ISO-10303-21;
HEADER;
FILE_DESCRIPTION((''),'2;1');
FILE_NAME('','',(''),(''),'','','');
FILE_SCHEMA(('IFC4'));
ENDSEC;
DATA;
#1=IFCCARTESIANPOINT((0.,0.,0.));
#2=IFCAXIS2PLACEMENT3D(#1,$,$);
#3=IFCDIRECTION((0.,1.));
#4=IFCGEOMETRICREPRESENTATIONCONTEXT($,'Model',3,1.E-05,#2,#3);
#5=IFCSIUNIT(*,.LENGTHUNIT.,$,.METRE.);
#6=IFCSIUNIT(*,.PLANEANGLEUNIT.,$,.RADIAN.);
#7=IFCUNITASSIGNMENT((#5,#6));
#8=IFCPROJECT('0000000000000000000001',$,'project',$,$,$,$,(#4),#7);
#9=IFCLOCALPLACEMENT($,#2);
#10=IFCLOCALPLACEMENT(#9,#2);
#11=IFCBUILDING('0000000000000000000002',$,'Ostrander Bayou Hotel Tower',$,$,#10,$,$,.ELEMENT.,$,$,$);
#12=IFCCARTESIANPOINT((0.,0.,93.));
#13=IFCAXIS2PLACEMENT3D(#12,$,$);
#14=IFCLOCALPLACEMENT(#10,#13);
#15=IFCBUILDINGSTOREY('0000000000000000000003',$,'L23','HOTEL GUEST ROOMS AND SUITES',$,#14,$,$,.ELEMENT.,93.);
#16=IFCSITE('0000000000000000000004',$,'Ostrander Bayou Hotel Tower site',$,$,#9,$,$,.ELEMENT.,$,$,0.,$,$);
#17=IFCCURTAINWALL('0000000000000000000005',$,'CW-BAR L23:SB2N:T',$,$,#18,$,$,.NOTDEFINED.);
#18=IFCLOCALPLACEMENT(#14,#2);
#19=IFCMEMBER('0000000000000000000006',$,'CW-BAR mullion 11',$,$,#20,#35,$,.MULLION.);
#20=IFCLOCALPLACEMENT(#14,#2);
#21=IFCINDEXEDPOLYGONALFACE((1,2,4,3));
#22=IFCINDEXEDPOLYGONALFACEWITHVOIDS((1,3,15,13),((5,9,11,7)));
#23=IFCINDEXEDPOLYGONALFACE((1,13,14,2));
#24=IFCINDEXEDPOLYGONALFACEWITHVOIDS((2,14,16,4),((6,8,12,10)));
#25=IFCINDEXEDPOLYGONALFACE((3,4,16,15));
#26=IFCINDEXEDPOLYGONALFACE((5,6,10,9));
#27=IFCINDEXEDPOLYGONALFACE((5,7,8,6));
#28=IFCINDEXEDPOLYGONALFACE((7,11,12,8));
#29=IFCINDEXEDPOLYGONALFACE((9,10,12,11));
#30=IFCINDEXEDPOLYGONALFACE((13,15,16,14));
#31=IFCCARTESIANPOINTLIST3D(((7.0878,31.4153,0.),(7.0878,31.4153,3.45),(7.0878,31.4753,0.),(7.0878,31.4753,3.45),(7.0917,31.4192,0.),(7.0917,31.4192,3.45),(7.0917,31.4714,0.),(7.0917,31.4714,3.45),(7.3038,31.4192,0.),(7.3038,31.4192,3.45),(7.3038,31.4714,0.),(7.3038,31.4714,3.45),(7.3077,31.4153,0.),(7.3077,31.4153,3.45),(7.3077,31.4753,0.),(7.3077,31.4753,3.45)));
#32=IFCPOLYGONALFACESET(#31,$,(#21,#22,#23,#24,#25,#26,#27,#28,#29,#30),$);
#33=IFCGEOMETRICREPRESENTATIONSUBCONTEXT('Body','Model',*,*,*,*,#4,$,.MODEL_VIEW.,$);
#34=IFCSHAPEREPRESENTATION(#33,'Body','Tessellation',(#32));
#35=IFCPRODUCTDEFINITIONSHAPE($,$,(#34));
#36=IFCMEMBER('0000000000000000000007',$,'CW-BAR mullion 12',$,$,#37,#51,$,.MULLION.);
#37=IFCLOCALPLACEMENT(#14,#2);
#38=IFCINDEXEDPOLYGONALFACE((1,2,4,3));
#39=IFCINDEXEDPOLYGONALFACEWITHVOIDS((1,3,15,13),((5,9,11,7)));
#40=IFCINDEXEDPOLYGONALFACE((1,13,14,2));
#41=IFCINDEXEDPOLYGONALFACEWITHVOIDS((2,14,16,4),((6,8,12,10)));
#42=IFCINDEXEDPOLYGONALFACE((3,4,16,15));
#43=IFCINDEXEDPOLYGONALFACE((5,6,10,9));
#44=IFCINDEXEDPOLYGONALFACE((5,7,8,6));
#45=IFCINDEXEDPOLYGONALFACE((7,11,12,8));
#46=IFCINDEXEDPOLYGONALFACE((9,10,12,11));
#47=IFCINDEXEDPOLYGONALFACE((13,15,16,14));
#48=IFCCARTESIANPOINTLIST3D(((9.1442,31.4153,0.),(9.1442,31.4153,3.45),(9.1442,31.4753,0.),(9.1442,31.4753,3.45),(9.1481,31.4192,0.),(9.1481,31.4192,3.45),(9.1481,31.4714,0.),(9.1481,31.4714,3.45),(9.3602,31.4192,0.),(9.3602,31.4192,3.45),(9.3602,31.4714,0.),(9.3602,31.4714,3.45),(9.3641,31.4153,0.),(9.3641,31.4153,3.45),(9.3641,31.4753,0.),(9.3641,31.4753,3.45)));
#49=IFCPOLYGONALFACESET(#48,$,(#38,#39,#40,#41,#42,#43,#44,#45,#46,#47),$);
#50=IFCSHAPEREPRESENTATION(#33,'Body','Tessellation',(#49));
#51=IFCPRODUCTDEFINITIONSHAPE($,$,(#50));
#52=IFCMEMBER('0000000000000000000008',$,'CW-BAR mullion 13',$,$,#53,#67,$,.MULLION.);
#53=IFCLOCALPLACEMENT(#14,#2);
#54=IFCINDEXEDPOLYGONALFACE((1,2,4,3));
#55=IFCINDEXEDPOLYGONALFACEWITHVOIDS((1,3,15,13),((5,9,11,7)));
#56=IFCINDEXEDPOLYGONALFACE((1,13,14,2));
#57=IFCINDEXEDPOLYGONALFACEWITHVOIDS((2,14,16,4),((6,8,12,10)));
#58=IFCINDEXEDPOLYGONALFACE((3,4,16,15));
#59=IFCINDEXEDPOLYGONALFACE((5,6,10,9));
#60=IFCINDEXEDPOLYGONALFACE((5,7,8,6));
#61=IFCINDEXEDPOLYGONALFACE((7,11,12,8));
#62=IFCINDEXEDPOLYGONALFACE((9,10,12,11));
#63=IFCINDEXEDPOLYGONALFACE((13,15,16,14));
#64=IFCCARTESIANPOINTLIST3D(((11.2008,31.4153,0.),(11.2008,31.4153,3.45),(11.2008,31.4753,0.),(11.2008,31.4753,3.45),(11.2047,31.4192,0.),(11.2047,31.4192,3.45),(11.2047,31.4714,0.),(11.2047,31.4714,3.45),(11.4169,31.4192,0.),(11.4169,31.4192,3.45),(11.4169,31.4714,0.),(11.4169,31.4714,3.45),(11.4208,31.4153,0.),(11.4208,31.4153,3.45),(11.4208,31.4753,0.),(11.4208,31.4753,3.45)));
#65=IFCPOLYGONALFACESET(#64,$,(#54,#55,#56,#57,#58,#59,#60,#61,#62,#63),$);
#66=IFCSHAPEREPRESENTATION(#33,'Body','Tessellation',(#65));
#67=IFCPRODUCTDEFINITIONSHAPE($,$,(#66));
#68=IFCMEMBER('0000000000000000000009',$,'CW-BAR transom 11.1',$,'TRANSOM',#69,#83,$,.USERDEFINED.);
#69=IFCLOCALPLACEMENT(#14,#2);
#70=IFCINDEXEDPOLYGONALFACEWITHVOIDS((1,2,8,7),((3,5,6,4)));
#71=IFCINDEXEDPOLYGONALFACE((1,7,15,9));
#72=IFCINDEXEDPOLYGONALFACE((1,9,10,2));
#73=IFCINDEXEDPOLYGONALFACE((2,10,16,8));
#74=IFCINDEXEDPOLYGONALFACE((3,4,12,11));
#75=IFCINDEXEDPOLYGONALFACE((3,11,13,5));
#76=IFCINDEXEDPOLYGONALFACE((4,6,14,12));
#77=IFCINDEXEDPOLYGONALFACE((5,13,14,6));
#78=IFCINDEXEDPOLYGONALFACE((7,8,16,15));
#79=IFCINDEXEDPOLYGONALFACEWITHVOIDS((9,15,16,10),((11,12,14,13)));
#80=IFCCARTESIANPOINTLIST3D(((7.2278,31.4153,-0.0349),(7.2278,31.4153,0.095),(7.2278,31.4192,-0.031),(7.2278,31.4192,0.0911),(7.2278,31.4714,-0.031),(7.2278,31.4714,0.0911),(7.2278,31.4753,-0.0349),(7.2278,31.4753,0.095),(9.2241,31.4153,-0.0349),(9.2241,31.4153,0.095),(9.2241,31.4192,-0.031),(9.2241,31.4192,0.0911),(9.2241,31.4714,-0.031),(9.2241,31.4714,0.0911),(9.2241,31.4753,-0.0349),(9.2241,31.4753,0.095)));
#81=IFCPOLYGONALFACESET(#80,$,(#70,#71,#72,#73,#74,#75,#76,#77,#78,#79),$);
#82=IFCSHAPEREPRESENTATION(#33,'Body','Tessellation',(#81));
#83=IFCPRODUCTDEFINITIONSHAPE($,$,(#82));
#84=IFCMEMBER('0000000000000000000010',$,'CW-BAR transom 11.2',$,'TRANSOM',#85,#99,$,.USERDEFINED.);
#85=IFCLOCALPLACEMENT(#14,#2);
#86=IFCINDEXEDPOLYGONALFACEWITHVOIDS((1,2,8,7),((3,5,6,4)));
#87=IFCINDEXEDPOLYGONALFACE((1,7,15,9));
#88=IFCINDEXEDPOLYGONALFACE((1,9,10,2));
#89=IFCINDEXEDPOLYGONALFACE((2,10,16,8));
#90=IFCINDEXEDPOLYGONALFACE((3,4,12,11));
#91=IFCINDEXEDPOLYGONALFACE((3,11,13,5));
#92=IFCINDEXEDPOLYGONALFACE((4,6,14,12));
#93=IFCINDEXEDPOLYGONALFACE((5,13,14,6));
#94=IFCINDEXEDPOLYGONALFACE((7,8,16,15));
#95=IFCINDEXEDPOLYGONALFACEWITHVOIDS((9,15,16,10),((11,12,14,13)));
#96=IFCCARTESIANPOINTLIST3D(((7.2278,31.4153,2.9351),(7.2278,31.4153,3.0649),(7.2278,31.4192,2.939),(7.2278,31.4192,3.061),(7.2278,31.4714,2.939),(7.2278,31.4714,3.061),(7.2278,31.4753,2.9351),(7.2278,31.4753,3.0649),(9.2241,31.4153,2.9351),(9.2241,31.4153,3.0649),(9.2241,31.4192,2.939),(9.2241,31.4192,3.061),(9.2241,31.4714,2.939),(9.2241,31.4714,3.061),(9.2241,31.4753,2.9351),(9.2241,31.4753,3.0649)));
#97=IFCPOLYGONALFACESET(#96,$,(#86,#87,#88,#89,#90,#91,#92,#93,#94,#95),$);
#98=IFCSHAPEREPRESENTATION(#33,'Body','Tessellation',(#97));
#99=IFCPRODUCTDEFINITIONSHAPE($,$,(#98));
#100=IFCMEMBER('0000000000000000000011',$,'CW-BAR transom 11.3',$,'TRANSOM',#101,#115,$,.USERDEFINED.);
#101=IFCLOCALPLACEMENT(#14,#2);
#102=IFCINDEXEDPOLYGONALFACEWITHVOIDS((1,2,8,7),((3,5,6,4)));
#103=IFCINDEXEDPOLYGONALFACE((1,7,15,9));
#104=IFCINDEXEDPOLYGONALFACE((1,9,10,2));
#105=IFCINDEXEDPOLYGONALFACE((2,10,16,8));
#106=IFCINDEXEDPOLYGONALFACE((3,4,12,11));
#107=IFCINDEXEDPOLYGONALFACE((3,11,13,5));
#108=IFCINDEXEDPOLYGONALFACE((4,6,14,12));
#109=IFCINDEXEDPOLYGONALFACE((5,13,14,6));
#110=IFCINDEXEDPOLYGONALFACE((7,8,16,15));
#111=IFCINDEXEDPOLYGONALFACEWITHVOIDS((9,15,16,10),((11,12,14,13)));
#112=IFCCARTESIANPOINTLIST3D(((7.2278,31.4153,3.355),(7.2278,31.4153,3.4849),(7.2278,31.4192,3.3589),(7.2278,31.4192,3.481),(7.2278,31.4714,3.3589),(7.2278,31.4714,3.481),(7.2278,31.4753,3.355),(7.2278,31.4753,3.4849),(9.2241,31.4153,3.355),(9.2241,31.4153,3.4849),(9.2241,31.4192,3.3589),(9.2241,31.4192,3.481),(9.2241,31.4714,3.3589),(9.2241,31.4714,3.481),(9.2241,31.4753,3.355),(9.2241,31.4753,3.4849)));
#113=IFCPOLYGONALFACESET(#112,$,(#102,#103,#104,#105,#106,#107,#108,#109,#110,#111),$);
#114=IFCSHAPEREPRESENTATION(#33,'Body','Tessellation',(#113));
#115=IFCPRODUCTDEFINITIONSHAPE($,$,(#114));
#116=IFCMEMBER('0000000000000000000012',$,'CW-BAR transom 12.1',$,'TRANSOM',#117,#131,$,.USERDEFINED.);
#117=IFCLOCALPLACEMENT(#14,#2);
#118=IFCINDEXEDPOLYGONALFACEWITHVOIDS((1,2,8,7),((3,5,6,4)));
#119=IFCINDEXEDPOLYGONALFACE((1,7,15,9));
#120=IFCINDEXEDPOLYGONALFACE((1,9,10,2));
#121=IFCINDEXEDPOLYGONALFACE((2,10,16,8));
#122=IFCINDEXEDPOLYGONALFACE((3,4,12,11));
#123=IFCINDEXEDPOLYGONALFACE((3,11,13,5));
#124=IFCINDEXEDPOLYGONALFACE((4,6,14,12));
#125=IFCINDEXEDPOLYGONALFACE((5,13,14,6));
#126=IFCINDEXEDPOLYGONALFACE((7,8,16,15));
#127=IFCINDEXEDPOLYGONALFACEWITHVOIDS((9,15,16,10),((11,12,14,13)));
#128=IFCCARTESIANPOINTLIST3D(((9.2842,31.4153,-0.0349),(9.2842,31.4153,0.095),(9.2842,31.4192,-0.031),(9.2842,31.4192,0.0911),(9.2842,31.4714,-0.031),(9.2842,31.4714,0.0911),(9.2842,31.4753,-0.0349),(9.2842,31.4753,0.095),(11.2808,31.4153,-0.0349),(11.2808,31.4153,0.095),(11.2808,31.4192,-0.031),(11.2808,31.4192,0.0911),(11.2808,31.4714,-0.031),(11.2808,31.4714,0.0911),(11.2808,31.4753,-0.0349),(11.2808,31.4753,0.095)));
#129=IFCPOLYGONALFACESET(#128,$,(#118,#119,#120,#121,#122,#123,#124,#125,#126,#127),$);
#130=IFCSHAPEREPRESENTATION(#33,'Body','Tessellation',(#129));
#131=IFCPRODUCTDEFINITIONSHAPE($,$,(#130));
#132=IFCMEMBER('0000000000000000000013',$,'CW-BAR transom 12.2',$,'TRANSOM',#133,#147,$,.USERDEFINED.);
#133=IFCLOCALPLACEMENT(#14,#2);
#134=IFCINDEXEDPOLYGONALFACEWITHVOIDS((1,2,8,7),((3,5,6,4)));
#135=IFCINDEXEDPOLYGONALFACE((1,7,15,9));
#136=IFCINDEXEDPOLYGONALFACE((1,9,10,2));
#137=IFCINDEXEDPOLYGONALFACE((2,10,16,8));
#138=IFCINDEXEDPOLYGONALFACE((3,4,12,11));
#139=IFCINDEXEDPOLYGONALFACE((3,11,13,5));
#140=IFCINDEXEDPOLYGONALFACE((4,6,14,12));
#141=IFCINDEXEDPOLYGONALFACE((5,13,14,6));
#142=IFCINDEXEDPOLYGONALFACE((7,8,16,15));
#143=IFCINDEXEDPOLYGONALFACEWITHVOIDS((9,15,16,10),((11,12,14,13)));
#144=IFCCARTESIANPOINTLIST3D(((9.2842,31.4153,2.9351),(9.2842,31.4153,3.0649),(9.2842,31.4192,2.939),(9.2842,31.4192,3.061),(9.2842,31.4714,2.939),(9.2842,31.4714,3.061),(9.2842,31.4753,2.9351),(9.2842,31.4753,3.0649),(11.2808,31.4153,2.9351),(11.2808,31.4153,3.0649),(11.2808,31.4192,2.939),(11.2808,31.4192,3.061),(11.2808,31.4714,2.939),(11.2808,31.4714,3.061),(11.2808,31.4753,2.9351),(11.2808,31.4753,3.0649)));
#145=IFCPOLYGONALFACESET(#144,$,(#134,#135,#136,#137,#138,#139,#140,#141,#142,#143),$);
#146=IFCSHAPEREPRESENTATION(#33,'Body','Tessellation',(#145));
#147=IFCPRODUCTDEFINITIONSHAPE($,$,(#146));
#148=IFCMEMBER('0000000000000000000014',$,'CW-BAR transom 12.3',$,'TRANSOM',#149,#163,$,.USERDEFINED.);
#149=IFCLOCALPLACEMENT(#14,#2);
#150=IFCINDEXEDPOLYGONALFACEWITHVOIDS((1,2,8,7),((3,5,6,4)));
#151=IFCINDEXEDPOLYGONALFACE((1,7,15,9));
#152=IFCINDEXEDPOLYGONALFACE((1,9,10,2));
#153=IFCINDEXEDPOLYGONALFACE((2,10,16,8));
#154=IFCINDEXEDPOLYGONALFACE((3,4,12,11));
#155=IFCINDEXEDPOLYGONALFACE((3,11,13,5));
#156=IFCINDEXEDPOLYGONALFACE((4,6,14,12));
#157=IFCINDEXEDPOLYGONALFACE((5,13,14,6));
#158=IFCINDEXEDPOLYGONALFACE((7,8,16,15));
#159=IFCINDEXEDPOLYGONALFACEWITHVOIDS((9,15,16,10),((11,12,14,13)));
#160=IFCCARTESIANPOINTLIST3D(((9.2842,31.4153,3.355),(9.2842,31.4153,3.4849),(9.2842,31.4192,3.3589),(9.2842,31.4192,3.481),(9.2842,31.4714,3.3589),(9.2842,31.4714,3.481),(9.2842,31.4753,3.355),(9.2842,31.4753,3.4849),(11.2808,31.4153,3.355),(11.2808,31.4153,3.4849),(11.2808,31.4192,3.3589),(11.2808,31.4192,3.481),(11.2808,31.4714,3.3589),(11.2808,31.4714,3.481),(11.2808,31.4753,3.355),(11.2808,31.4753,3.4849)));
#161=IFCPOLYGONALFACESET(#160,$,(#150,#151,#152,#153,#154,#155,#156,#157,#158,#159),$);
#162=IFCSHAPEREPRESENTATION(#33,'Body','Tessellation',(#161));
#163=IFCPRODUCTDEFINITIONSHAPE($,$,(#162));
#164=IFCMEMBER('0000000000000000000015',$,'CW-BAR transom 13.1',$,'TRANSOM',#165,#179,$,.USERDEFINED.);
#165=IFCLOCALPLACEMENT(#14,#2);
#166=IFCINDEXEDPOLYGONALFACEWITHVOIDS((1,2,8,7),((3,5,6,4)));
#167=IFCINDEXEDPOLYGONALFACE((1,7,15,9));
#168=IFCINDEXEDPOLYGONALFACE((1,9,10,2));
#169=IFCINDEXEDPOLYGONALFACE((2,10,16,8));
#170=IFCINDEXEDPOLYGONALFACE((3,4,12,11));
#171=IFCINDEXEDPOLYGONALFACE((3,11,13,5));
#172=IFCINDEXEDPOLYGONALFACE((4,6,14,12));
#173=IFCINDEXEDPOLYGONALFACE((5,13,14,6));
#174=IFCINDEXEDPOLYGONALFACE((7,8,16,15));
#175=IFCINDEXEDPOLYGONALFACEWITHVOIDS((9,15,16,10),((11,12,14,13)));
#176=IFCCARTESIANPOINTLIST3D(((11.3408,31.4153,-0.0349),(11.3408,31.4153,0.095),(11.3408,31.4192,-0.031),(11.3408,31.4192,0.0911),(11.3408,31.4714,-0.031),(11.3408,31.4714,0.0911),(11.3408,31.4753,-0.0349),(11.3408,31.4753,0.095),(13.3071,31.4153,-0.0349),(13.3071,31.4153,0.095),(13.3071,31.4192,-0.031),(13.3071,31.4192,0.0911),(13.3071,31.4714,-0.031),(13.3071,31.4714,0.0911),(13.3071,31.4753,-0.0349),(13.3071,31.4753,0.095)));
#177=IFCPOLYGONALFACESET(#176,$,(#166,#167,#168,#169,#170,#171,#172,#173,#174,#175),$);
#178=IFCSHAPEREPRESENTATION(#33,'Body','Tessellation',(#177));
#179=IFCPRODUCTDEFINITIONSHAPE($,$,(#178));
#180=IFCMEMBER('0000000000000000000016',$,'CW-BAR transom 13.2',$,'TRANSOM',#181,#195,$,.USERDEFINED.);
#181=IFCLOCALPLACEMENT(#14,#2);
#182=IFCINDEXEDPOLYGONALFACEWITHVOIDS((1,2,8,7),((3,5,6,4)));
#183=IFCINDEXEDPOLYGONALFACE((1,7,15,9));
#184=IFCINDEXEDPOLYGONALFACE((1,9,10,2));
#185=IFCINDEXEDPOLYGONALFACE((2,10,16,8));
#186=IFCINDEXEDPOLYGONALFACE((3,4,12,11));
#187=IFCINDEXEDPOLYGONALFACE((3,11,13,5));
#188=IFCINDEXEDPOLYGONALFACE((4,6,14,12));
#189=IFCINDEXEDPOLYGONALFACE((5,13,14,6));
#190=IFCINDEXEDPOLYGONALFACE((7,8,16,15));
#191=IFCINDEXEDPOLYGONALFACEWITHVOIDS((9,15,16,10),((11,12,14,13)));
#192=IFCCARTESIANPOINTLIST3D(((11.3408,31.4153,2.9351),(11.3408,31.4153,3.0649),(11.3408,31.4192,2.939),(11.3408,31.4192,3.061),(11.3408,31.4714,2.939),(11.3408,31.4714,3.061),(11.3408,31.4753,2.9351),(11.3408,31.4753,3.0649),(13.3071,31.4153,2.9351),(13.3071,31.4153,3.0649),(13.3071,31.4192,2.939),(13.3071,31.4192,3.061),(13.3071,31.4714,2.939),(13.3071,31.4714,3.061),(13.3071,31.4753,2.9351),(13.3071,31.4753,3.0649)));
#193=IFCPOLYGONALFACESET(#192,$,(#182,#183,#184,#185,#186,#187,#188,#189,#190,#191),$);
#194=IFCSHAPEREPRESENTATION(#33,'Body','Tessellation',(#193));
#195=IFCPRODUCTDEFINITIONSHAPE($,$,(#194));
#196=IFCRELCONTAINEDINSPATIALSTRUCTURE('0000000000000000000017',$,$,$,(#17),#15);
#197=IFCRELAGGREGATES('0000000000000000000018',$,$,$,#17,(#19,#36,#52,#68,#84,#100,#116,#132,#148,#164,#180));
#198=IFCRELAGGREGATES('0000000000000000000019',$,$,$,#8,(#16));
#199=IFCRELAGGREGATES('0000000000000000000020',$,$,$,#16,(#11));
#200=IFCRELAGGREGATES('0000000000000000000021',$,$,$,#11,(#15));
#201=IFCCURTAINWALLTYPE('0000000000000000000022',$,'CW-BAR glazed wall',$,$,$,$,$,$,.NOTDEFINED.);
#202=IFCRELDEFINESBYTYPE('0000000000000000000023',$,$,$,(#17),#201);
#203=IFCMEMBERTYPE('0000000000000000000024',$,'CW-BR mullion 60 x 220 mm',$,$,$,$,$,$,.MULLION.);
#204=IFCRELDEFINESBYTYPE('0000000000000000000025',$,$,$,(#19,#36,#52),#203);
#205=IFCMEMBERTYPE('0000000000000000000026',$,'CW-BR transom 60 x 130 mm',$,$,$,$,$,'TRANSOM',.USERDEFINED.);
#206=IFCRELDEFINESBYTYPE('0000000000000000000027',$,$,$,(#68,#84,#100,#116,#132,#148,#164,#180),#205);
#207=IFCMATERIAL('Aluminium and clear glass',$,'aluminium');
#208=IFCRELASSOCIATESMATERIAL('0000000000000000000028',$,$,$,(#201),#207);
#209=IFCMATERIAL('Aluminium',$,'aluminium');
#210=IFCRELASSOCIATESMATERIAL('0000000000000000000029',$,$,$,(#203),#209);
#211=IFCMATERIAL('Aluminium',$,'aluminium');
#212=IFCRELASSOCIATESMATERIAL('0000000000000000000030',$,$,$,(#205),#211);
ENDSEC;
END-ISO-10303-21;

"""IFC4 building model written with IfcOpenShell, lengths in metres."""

from ifc_helpers import new_model, si_unit, direction, frame, origin, origin_2d, place, context, subcontext, project, spatial, hollow_rectangle, extrude, material, material_profile, profile_set, type_object, element, aggregate, save


model = new_model("IFC4")

# Units and contexts
model_context = context("Model", 3, precision=1e-05, world=origin(), true_north=direction((0.0, 1.0)))
body_context = subcontext(model_context, "Body", "Model", "MODEL_VIEW")
ifc_project = project(units=[si_unit("LENGTHUNIT", "METRE"), si_unit("PLANEANGLEUNIT", "RADIAN")], contexts=[model_context])

# Site, building, storey
site_placement = place(None, origin())
site = spatial("IfcSite", under=ifc_project, at=site_placement, Name="Ostrander Bayou Hotel Tower site", CompositionType="ELEMENT", RefElevation=0.0)
building_placement = place(site_placement, origin())
building = spatial("IfcBuilding", under=site, at=building_placement, Name="Ostrander Bayou Hotel Tower", CompositionType="ELEMENT")
storey_placement = place(building_placement, frame((0.0, 0.0, 93.0)))
storey = spatial("IfcBuildingStorey", under=building, at=storey_placement, Name="L23", Description="HOTEL GUEST ROOMS AND SUITES", CompositionType="ELEMENT", Elevation=93.0)

# Curtain wall, members
ifc_material_1 = material(Name="Aluminium and clear glass", Category="aluminium")
curtain_wall_type = type_object("IfcCurtainWallType", Name="CW-BAR glazed wall", PredefinedType="NOTDEFINED", material=ifc_material_1)
curtain_wall_placement = place(storey_placement, origin())
curtain_wall = element("IfcCurtainWall", 1, at=curtain_wall_placement, inside=storey, type_object=curtain_wall_type, Name="CW-BAR L23:SB2N:T", PredefinedType="NOTDEFINED")
ifc_material_2 = material(Name="Aluminium", Category="aluminium")
ifc_material_profile_1 = material_profile(ifc_material_2, hollow_rectangle(XDim=0.0601, YDim=0.22, WallThickness=0.0039, at=origin_2d()))
ifc_profile_set_1 = profile_set([ifc_material_profile_1], Name="Aluminium")
member_type_1 = type_object("IfcMemberType", Name="CW-BR mullion 60 x 220 mm", PredefinedType="MULLION", material=ifc_profile_set_1)
member_1_placement = place(storey_placement, frame((7.1978, 31.4453, 0.0), z_axis=(0.0, 0.0, 1.0), x_axis=(0.0, 1.0, 0.0)))
member_1 = element("IfcMember", 2, at=member_1_placement, type_object=member_type_1, Name="CW-BAR mullion 11", PredefinedType="MULLION", context=body_context, shape_type="SweptSolid", body=[
    extrude(hollow_rectangle(XDim=0.0601, YDim=0.22, WallThickness=0.0039, at=origin_2d()), origin(), (0.0, 0.0, 1.0), 3.45),
])
member_2_placement = place(storey_placement, frame((9.2542, 31.4453, 0.0), z_axis=(0.0, 0.0, 1.0), x_axis=(0.0, 1.0, 0.0)))
member_2 = element("IfcMember", 3, at=member_2_placement, type_object=member_type_1, Name="CW-BAR mullion 12", PredefinedType="MULLION", context=body_context, shape_type="SweptSolid", body=[
    extrude(hollow_rectangle(XDim=0.0601, YDim=0.22, WallThickness=0.0039, at=origin_2d()), origin(), (0.0, 0.0, 1.0), 3.45),
])
member_3_placement = place(storey_placement, frame((11.3108, 31.4453, 0.0), z_axis=(0.0, 0.0, 1.0), x_axis=(0.0, 1.0, 0.0)))
member_3 = element("IfcMember", 4, at=member_3_placement, type_object=member_type_1, Name="CW-BAR mullion 13", PredefinedType="MULLION", context=body_context, shape_type="SweptSolid", body=[
    extrude(hollow_rectangle(XDim=0.0601, YDim=0.22, WallThickness=0.0039, at=origin_2d()), origin(), (0.0, 0.0, 1.0), 3.45),
])
ifc_material_3 = material(Name="Aluminium", Category="aluminium")
ifc_material_profile_2 = material_profile(ifc_material_3, hollow_rectangle(XDim=0.0601, YDim=0.1299, WallThickness=0.0039, at=origin_2d()))
ifc_profile_set_2 = profile_set([ifc_material_profile_2], Name="Aluminium")
member_type_2 = type_object("IfcMemberType", Name="CW-BR transom 60 x 130 mm", ElementType="TRANSOM", PredefinedType="USERDEFINED", material=ifc_profile_set_2)
member_4_placement = place(storey_placement, frame((7.2278, 31.4453, 0.03), z_axis=(1.0, 0.0, 0.0), x_axis=(0.0, 1.0, 0.0)))
member_4 = element("IfcMember", 5, at=member_4_placement, type_object=member_type_2, Name="CW-BAR transom 11.1", ObjectType="TRANSOM", PredefinedType="USERDEFINED", context=body_context, shape_type="SweptSolid", body=[
    extrude(hollow_rectangle(XDim=0.0601, YDim=0.1299, WallThickness=0.0039, at=origin_2d()), origin(), (0.0, 0.0, 1.0), 1.9963),
])
member_5_placement = place(storey_placement, frame((7.2278, 31.4453, 3.0), z_axis=(1.0, 0.0, 0.0), x_axis=(0.0, 1.0, 0.0)))
member_5 = element("IfcMember", 6, at=member_5_placement, type_object=member_type_2, Name="CW-BAR transom 11.2", ObjectType="TRANSOM", PredefinedType="USERDEFINED", context=body_context, shape_type="SweptSolid", body=[
    extrude(hollow_rectangle(XDim=0.0601, YDim=0.1299, WallThickness=0.0039, at=origin_2d()), origin(), (0.0, 0.0, 1.0), 1.9963),
])
member_6_placement = place(storey_placement, frame((7.2278, 31.4453, 3.4199), z_axis=(1.0, 0.0, 0.0), x_axis=(0.0, 1.0, 0.0)))
member_6 = element("IfcMember", 7, at=member_6_placement, type_object=member_type_2, Name="CW-BAR transom 11.3", ObjectType="TRANSOM", PredefinedType="USERDEFINED", context=body_context, shape_type="SweptSolid", body=[
    extrude(hollow_rectangle(XDim=0.0601, YDim=0.1299, WallThickness=0.0039, at=origin_2d()), origin(), (0.0, 0.0, 1.0), 1.9963),
])
member_7_placement = place(storey_placement, frame((9.2842, 31.4453, 0.03), z_axis=(1.0, 0.0, 0.0), x_axis=(0.0, 1.0, 0.0)))
member_7 = element("IfcMember", 8, at=member_7_placement, type_object=member_type_2, Name="CW-BAR transom 12.1", ObjectType="TRANSOM", PredefinedType="USERDEFINED", context=body_context, shape_type="SweptSolid", body=[
    extrude(hollow_rectangle(XDim=0.0601, YDim=0.1299, WallThickness=0.0039, at=origin_2d()), origin(), (0.0, 0.0, 1.0), 1.9966),
])
member_8_placement = place(storey_placement, frame((9.2842, 31.4453, 3.0), z_axis=(1.0, 0.0, 0.0), x_axis=(0.0, 1.0, 0.0)))
member_8 = element("IfcMember", 9, at=member_8_placement, type_object=member_type_2, Name="CW-BAR transom 12.2", ObjectType="TRANSOM", PredefinedType="USERDEFINED", context=body_context, shape_type="SweptSolid", body=[
    extrude(hollow_rectangle(XDim=0.0601, YDim=0.1299, WallThickness=0.0039, at=origin_2d()), origin(), (0.0, 0.0, 1.0), 1.9966),
])
member_9_placement = place(storey_placement, frame((9.2842, 31.4453, 3.4199), z_axis=(1.0, 0.0, 0.0), x_axis=(0.0, 1.0, 0.0)))
member_9 = element("IfcMember", 10, at=member_9_placement, type_object=member_type_2, Name="CW-BAR transom 12.3", ObjectType="TRANSOM", PredefinedType="USERDEFINED", context=body_context, shape_type="SweptSolid", body=[
    extrude(hollow_rectangle(XDim=0.0601, YDim=0.1299, WallThickness=0.0039, at=origin_2d()), origin(), (0.0, 0.0, 1.0), 1.9966),
])
member_10_placement = place(storey_placement, frame((11.3408, 31.4453, 0.03), z_axis=(1.0, 0.0, 0.0), x_axis=(0.0, 1.0, 0.0)))
member_10 = element("IfcMember", 11, at=member_10_placement, type_object=member_type_2, Name="CW-BAR transom 13.1", ObjectType="TRANSOM", PredefinedType="USERDEFINED", context=body_context, shape_type="SweptSolid", body=[
    extrude(hollow_rectangle(XDim=0.0601, YDim=0.1299, WallThickness=0.0039, at=origin_2d()), origin(), (0.0, 0.0, 1.0), 1.9663),
])
member_11_placement = place(storey_placement, frame((11.3408, 31.4453, 3.0), z_axis=(1.0, 0.0, 0.0), x_axis=(0.0, 1.0, 0.0)))
member_11 = element("IfcMember", 12, at=member_11_placement, type_object=member_type_2, Name="CW-BAR transom 13.2", ObjectType="TRANSOM", PredefinedType="USERDEFINED", context=body_context, shape_type="SweptSolid", body=[
    extrude(hollow_rectangle(XDim=0.0601, YDim=0.1299, WallThickness=0.0039, at=origin_2d()), origin(), (0.0, 0.0, 1.0), 1.9663),
])
aggregate(curtain_wall, [member_1, member_2, member_3, member_4, member_5, member_6, member_7, member_8, member_9, member_10, member_11])

save(model, "model.ifc")
